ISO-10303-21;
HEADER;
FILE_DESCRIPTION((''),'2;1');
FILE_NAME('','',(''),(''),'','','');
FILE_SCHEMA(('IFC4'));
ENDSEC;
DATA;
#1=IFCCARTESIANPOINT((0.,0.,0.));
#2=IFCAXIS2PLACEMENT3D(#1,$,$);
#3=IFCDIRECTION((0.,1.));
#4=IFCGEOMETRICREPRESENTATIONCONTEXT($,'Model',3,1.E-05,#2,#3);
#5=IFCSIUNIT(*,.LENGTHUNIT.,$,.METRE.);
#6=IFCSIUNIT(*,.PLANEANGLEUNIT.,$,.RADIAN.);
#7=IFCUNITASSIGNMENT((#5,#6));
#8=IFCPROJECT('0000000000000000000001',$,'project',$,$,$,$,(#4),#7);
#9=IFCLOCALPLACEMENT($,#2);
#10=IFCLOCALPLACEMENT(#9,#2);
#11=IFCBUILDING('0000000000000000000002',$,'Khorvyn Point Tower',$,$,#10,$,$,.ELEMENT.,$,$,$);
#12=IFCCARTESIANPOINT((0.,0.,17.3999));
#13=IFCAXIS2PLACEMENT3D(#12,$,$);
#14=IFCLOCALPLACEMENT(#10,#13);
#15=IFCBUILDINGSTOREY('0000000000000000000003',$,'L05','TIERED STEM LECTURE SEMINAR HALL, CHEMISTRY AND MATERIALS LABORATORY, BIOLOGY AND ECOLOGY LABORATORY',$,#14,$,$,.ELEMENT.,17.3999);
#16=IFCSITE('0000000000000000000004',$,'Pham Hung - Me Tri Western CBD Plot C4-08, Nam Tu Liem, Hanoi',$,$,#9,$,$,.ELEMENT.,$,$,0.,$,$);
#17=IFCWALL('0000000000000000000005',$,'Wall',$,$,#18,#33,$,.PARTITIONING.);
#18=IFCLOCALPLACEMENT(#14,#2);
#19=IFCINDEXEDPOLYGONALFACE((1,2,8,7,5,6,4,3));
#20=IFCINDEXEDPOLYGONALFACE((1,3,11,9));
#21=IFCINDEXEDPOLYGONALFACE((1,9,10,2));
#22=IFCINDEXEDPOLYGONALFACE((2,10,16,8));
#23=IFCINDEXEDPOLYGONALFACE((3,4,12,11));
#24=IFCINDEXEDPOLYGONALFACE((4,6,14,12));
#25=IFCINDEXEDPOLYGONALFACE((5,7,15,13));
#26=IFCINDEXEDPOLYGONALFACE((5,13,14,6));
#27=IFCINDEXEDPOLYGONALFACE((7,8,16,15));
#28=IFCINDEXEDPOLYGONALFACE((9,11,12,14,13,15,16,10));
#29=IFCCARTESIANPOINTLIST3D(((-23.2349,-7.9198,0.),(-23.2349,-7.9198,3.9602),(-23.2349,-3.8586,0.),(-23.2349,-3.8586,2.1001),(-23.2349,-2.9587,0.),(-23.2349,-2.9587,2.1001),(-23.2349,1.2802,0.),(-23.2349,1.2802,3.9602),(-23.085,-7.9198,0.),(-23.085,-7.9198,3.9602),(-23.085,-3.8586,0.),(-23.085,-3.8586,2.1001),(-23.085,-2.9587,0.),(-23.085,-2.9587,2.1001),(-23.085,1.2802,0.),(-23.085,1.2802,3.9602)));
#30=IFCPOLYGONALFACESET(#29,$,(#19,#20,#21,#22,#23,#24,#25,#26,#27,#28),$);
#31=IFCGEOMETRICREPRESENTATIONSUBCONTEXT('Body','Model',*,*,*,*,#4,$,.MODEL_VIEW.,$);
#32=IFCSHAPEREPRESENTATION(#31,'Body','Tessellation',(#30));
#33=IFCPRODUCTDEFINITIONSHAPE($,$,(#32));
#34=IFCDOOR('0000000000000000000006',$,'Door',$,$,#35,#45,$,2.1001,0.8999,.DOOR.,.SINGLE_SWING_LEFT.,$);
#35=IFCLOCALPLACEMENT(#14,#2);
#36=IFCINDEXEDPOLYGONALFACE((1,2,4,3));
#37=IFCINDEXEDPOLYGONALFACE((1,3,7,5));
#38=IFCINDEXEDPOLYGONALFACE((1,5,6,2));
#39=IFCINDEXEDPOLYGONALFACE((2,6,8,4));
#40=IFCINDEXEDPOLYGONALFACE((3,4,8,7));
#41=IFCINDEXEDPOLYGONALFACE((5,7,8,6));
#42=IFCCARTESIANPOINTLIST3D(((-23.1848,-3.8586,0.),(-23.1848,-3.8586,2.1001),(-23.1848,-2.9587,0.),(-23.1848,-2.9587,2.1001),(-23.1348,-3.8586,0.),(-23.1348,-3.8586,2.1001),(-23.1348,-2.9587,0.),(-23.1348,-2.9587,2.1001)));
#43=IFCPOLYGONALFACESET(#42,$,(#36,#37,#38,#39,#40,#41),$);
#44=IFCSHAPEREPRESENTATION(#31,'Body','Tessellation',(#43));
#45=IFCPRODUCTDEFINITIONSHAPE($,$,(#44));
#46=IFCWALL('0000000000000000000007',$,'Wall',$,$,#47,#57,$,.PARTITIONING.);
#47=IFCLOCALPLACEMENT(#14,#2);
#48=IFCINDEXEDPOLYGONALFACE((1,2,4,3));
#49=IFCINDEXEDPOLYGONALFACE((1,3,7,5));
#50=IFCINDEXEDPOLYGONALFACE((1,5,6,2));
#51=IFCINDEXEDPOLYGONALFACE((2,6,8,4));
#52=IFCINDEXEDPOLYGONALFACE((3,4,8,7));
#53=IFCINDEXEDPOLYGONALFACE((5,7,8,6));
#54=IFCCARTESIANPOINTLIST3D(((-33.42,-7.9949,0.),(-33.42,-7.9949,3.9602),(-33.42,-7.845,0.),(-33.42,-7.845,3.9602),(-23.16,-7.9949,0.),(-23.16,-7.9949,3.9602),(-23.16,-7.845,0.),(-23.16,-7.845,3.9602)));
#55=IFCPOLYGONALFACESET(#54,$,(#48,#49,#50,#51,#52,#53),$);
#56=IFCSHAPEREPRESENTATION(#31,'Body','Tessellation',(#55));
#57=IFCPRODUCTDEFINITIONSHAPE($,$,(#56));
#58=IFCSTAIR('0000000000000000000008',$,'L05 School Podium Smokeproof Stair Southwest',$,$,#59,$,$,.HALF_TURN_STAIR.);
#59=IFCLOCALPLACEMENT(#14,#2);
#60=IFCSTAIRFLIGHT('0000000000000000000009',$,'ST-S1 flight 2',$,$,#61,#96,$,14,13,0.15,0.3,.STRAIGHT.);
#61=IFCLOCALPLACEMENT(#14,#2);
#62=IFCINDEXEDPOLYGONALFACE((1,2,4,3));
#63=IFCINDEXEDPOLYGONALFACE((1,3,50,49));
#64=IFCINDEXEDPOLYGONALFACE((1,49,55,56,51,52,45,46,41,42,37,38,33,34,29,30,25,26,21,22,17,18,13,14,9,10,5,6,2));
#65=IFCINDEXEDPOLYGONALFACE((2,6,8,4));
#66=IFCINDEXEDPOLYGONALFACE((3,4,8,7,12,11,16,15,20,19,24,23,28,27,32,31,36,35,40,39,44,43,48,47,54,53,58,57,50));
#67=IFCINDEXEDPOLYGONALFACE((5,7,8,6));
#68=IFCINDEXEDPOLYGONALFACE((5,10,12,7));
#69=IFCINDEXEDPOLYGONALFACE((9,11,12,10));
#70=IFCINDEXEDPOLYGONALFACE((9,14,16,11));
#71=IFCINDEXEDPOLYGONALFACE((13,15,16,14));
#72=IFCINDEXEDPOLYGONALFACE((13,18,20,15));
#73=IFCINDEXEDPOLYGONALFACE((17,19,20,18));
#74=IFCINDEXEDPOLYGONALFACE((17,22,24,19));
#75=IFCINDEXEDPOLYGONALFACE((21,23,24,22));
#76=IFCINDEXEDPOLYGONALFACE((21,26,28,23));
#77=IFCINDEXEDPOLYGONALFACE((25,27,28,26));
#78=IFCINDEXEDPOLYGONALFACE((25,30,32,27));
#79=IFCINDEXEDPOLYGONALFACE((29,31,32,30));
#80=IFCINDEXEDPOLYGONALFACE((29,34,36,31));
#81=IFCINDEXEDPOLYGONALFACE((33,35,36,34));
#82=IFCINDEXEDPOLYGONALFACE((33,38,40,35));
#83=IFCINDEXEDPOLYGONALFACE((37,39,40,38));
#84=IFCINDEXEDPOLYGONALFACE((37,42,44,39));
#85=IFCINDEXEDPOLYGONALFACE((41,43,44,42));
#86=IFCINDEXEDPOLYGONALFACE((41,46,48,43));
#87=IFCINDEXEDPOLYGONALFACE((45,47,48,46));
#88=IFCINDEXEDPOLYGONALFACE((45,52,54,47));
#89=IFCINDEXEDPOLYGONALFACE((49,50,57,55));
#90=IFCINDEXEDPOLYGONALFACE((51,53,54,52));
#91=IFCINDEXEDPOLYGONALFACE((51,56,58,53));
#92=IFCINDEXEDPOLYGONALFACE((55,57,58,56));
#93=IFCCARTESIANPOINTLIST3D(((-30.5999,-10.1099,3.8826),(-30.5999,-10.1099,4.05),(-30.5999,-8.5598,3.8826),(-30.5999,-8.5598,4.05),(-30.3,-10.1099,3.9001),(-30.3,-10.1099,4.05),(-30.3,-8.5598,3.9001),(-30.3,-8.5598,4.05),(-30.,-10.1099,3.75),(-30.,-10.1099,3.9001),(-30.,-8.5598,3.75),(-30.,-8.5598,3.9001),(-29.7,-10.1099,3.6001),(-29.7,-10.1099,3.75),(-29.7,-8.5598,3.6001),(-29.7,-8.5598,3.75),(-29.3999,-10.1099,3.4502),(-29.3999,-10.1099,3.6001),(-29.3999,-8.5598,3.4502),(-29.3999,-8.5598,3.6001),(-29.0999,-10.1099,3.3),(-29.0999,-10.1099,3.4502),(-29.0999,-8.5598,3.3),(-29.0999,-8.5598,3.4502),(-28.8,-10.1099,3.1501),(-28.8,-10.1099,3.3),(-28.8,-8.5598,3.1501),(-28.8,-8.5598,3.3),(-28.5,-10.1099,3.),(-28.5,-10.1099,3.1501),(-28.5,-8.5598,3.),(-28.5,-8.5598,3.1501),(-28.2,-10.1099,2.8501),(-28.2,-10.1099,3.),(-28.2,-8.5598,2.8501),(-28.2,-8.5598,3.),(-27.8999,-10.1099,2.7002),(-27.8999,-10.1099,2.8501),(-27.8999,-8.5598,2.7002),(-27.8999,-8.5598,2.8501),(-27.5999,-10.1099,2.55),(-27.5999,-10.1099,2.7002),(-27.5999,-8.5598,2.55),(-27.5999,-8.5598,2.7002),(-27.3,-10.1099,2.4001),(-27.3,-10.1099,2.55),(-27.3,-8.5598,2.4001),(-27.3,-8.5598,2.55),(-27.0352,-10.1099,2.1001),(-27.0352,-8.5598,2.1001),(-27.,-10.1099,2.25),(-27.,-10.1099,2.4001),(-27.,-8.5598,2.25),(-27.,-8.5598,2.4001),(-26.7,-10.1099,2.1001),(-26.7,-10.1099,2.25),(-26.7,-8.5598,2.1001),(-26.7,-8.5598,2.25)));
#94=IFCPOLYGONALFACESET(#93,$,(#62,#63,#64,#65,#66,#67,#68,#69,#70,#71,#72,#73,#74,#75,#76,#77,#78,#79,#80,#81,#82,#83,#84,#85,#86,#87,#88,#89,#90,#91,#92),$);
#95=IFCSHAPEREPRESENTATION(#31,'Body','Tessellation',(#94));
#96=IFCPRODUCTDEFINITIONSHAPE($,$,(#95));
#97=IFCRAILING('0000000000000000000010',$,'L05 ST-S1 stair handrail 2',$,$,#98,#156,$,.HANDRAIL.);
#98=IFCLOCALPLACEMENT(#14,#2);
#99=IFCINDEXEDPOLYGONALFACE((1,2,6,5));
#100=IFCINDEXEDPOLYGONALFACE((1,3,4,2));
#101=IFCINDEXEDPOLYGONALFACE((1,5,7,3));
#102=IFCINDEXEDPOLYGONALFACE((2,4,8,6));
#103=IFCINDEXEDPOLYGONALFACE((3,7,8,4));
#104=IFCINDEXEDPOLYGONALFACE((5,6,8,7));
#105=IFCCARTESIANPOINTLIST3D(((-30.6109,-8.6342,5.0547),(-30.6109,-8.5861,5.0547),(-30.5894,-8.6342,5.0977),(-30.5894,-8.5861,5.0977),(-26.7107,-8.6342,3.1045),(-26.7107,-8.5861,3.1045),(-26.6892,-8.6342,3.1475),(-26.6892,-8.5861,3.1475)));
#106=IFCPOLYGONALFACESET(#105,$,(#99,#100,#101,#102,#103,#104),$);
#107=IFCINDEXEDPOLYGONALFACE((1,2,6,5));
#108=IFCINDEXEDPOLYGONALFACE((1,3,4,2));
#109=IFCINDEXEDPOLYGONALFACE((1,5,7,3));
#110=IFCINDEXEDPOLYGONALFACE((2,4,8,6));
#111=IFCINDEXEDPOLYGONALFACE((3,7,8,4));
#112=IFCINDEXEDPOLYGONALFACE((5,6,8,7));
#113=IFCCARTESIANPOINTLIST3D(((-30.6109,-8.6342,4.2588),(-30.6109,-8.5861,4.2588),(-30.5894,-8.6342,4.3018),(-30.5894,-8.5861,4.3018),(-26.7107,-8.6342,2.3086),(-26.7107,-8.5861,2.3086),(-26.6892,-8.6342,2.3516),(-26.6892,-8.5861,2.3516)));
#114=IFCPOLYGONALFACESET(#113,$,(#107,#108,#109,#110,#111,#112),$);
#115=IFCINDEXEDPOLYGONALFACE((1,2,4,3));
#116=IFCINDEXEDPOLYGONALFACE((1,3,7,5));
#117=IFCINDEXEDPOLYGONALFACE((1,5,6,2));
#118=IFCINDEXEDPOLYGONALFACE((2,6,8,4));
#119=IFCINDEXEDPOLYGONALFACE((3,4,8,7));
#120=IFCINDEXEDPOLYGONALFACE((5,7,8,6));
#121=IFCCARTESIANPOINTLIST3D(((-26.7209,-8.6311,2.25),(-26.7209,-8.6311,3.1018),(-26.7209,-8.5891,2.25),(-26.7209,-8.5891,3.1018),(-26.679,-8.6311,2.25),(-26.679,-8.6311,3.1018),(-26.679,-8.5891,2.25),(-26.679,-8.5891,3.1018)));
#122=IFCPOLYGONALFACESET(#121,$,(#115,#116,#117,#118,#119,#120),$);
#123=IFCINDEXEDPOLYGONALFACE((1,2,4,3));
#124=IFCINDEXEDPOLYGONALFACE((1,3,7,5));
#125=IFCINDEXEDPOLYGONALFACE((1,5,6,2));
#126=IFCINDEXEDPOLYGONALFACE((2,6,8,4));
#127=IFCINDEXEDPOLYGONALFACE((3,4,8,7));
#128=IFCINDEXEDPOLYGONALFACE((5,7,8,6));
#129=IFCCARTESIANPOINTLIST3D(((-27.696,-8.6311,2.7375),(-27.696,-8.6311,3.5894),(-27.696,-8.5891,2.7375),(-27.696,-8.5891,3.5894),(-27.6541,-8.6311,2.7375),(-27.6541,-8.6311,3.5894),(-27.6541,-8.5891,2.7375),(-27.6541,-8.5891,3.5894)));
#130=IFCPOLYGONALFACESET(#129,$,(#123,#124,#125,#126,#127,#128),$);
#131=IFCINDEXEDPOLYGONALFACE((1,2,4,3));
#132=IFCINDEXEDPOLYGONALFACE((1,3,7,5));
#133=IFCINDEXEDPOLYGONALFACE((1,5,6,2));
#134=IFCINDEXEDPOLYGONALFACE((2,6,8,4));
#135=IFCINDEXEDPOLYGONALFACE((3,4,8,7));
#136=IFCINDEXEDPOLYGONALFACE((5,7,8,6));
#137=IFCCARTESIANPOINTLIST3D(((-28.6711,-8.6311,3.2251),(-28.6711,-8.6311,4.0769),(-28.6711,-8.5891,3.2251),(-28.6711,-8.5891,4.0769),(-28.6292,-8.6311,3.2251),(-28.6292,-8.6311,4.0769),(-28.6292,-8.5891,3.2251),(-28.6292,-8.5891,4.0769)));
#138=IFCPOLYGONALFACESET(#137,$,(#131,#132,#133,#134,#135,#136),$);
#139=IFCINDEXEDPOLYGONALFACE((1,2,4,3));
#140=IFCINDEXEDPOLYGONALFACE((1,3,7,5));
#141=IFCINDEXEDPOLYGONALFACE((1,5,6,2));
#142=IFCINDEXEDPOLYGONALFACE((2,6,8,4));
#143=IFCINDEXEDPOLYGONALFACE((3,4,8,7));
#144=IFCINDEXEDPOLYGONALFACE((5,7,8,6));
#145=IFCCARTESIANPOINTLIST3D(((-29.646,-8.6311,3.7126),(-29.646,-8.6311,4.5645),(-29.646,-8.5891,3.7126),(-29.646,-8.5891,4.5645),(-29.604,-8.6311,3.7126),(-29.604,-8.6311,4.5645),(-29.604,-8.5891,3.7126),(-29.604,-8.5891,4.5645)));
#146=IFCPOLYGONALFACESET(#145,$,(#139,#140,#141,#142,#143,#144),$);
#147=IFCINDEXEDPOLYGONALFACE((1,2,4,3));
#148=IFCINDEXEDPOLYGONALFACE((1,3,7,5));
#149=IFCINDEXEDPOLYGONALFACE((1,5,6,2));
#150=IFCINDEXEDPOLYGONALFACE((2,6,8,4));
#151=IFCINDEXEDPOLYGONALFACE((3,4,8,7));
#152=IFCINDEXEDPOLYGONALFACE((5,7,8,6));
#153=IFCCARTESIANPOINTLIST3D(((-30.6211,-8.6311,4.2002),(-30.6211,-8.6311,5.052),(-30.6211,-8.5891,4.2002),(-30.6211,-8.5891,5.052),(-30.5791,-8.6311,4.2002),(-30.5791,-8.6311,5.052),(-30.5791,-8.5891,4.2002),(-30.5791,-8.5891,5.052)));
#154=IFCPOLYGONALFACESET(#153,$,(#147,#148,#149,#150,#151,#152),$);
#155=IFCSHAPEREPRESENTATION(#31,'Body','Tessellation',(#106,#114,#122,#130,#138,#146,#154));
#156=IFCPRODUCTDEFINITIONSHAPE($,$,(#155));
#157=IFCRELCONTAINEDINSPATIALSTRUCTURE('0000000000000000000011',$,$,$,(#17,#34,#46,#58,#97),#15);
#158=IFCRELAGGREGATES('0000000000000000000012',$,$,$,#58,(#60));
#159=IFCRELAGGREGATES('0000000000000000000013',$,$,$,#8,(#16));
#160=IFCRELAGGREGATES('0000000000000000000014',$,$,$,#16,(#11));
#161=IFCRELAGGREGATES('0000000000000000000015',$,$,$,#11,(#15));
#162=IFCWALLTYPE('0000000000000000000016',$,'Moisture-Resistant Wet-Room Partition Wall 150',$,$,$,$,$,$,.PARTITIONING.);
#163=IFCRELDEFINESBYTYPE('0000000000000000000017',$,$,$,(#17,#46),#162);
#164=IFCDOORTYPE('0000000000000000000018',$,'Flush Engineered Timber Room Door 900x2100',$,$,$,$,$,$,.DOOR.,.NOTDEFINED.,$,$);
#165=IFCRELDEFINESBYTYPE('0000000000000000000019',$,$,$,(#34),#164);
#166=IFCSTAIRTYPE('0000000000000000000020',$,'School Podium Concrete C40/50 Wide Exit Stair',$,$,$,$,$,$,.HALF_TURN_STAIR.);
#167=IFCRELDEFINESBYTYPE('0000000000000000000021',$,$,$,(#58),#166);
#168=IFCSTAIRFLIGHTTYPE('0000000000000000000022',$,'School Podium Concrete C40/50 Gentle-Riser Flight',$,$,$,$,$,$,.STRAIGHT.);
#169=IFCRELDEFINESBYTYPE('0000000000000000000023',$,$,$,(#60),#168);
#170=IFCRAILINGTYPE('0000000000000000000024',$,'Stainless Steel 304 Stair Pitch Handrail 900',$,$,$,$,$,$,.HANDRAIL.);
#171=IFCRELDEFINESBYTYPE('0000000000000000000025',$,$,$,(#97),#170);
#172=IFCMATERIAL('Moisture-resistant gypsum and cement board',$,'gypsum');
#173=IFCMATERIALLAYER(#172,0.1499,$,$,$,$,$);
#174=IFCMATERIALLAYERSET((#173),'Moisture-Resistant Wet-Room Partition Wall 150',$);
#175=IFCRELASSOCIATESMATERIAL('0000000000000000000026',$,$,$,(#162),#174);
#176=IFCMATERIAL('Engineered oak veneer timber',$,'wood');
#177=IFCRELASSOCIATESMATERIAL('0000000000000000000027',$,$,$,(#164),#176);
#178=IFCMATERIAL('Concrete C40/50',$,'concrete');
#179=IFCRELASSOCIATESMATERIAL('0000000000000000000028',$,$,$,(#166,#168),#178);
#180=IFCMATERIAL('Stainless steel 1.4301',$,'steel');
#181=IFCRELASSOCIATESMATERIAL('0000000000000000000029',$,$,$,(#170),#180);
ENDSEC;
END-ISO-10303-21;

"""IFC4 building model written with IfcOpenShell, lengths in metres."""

from ifc_helpers import new_model, si_unit, direction, frame, frame_2d, origin, origin_2d, place, context, subcontext, project, spatial, polyline, rectangle, outline, extrude, material, layer, layer_set, type_object, element, fill, aggregate, save


model = new_model("IFC4")

# Units and contexts
model_context = context("Model", 3, precision=1e-05, world=origin(), true_north=direction((0.0, 1.0)))
body_context = subcontext(model_context, "Body", "Model", "MODEL_VIEW")
ifc_project = project(units=[si_unit("LENGTHUNIT", "METRE"), si_unit("PLANEANGLEUNIT", "RADIAN")], contexts=[model_context])

# Site, building, storey
site_placement = place(None, origin())
site = spatial("IfcSite", under=ifc_project, at=site_placement, Name="Pham Hung - Me Tri Western CBD Plot C4-08, Nam Tu Liem, Hanoi", CompositionType="ELEMENT", RefElevation=0.0)
building_placement = place(site_placement, origin())
building = spatial("IfcBuilding", under=site, at=building_placement, Name="Khorvyn Point Tower", CompositionType="ELEMENT")
storey_placement = place(building_placement, frame((0.0, 0.0, 17.3999)))
storey = spatial("IfcBuildingStorey", under=building, at=storey_placement, Name="L05", Description="TIERED STEM LECTURE SEMINAR HALL, CHEMISTRY AND MATERIALS LABORATORY, BIOLOGY AND ECOLOGY LABORATORY", CompositionType="ELEMENT", Elevation=17.3999)

# Shared definitions
ifc_material_1 = material(Name="Concrete C40/50", Category="concrete")

# Shared definitions
ifc_material_2 = material(Name="Stainless steel 1.4301", Category="steel")

# Wall, opening, door
ifc_material_3 = material(Name="Moisture-resistant gypsum and cement board", Category="gypsum")
ifc_layer_1 = layer(ifc_material_3, 0.1499)
ifc_layer_set_1 = layer_set([ifc_layer_1], Name="Moisture-Resistant Wet-Room Partition Wall 150")
wall_type_1 = type_object("IfcWallType", Name="Moisture-Resistant Wet-Room Partition Wall 150", PredefinedType="PARTITIONING", material=ifc_layer_set_1)
wall_1_placement = place(storey_placement, frame((-23.1599, -7.9199, 0.0), z_axis=(0.0, 0.0, 1.0), x_axis=(0.0, 1.0, 0.0)))
wall_1 = element("IfcWall", 1, at=wall_1_placement, inside=storey, type_object=wall_type_1, Name="Wall", PredefinedType="PARTITIONING", context=body_context, shape_type="SweptSolid", body=[
    extrude(rectangle(XDim=9.2, YDim=0.1499, at=frame_2d((4.6001, 0.0))), origin(), (0.0, 0.0, 1.0), 3.9602),
])
opening_1_placement = place(wall_1_placement, frame((4.0613, 0.0, 0.0)))
opening_1 = element("IfcOpeningElement", 2, at=opening_1_placement, cuts=wall_1, PredefinedType="OPENING", context=body_context, shape_type="SweptSolid", body=[
    extrude(rectangle(XDim=0.8999, YDim=2.1001, at=frame_2d((0.45, 1.05))), frame((0.0, 0.085, 0.0), z_axis=(0.0, -1.0, 0.0), x_axis=(1.0, 0.0, 0.0)), (0.0, 0.0, 1.0), 0.1699),
])
ifc_material_4 = material(Name="Engineered oak veneer timber", Category="wood")
door_type_1 = type_object("IfcDoorType", Name="Flush Engineered Timber Room Door 900x2100", OperationType="NOTDEFINED", PredefinedType="DOOR", material=ifc_material_4)
door_1_placement = place(opening_1_placement, origin())
door_1 = element("IfcDoor", 3, at=door_1_placement, inside=storey, type_object=door_type_1, Name="Door", OperationType="SINGLE_SWING_LEFT", OverallHeight=2.1001, OverallWidth=0.8999, PredefinedType="DOOR", context=body_context, shape_type="SweptSolid", body=[
    extrude(rectangle(XDim=0.8999, YDim=2.1001, at=frame_2d((0.45, 1.05))), frame((0.0, 0.0249, 0.0), z_axis=(0.0, -1.0, 0.0), x_axis=(1.0, 0.0, 0.0)), (0.0, 0.0, 1.0), 0.05),
])
fill(opening_1, door_1)

# Wall
wall_2_placement = place(storey_placement, frame((-33.4199, -7.9199, 0.0), z_axis=(0.0, 0.0, 1.0), x_axis=(1.0, 0.0, 0.0)))
element("IfcWall", 4, at=wall_2_placement, inside=storey, type_object=wall_type_1, Name="Wall", PredefinedType="PARTITIONING", context=body_context, shape_type="SweptSolid", body=[
    extrude(rectangle(XDim=10.26, YDim=0.1499, at=frame_2d((5.1299, 0.0))), origin(), (0.0, 0.0, 1.0), 3.9602),
])

# Stair, stair flight
stair_type = type_object("IfcStairType", Name="School Podium Concrete C40/50 Wide Exit Stair", PredefinedType="HALF_TURN_STAIR", material=ifc_material_1)
stair_placement = place(storey_placement, origin())
stair = element("IfcStair", 5, at=stair_placement, inside=storey, type_object=stair_type, Name="L05 School Podium Smokeproof Stair Southwest", PredefinedType="HALF_TURN_STAIR")
stair_flight_type = type_object("IfcStairFlightType", Name="School Podium Concrete C40/50 Gentle-Riser Flight", PredefinedType="STRAIGHT", material=ifc_material_1)
stair_flight_placement = place(storey_placement, frame((-26.7, -9.335, 2.1001), z_axis=(0.0, 0.0, 1.0), x_axis=(-1.0, 0.0, 0.0)))
stair_flight = element("IfcStairFlight", 6, at=stair_flight_placement, type_object=stair_flight_type, Name="ST-S1 flight 2", NumberOfRisers=14, NumberOfTreads=13, PredefinedType="STRAIGHT", RiserHeight=0.15, TreadLength=0.3, context=body_context, shape_type="SweptSolid", body=[
    extrude(outline(polyline([(0.0, 0.0), (0.0, 0.1499), (0.3, 0.1499), (0.3, 0.3), (0.6001, 0.3), (0.6001, 0.45), (0.8999, 0.45), (0.8999, 0.6001), (1.2, 0.6001), (1.2, 0.75), (1.5, 0.75), (1.5, 0.8999), (1.8, 0.8999), (1.8, 1.05), (2.1001, 1.05), (2.1001, 1.2), (2.3999, 1.2), (2.3999, 1.3501), (2.7, 1.3501), (2.7, 1.5), (3.0, 1.5), (3.0, 1.6499), (3.3, 1.6499), (3.3, 1.8), (3.6001, 1.8), (3.6001, 1.95), (3.8999, 1.95), (3.8999, 2.1001), (3.8999, 1.7825), (0.3352, 0.0), (0.0, 0.0)])), frame((0.0, 0.7749, 0.0), z_axis=(0.0, -1.0, 0.0), x_axis=(1.0, 0.0, 0.0)), (0.0, 0.0, 1.0), 1.55),
])
aggregate(stair, [stair_flight])

# Railing
railing_type_1 = type_object("IfcRailingType", Name="Stainless Steel 304 Stair Pitch Handrail 900", PredefinedType="HANDRAIL", material=ifc_material_2)
railing_1_placement = place(storey_placement, frame((-26.7, -8.6101, 2.25)))
element("IfcRailing", 7, at=railing_1_placement, inside=storey, type_object=railing_type_1, Name="L05 ST-S1 stair handrail 2", PredefinedType="HANDRAIL", context=body_context, shape_type="SweptSolid", body=[
    extrude(rectangle(XDim=0.0481, YDim=0.0481, at=origin_2d()), frame((0.0, 0.0, 0.876), z_axis=(-0.894416, 0.0, 0.447236), x_axis=(0.0, -1.0, 0.0)), (0.0, 0.0, 1.0), 4.3606),
    extrude(rectangle(XDim=0.0481, YDim=0.0481, at=origin_2d()), frame((0.0, 0.0, 0.0801), z_axis=(-0.894416, 0.0, 0.447236), x_axis=(0.0, -1.0, 0.0)), (0.0, 0.0, 1.0), 4.3606),
    extrude(rectangle(XDim=0.042, YDim=0.042, at=origin_2d()), origin(), (0.0, 0.0, 1.0), 0.8518),
    extrude(rectangle(XDim=0.042, YDim=0.042, at=origin_2d()), frame((-0.9751, 0.0, 0.4875)), (0.0, 0.0, 1.0), 0.8518),
    extrude(rectangle(XDim=0.042, YDim=0.042, at=origin_2d()), frame((-1.9502, 0.0, 0.9751)), (0.0, 0.0, 1.0), 0.8518),
    extrude(rectangle(XDim=0.042, YDim=0.042, at=origin_2d()), frame((-2.925, 0.0, 1.4626)), (0.0, 0.0, 1.0), 0.8518),
    extrude(rectangle(XDim=0.042, YDim=0.042, at=origin_2d()), frame((-3.9001, 0.0, 1.9502)), (0.0, 0.0, 1.0), 0.8518),
])

save(model, "model.ifc")
